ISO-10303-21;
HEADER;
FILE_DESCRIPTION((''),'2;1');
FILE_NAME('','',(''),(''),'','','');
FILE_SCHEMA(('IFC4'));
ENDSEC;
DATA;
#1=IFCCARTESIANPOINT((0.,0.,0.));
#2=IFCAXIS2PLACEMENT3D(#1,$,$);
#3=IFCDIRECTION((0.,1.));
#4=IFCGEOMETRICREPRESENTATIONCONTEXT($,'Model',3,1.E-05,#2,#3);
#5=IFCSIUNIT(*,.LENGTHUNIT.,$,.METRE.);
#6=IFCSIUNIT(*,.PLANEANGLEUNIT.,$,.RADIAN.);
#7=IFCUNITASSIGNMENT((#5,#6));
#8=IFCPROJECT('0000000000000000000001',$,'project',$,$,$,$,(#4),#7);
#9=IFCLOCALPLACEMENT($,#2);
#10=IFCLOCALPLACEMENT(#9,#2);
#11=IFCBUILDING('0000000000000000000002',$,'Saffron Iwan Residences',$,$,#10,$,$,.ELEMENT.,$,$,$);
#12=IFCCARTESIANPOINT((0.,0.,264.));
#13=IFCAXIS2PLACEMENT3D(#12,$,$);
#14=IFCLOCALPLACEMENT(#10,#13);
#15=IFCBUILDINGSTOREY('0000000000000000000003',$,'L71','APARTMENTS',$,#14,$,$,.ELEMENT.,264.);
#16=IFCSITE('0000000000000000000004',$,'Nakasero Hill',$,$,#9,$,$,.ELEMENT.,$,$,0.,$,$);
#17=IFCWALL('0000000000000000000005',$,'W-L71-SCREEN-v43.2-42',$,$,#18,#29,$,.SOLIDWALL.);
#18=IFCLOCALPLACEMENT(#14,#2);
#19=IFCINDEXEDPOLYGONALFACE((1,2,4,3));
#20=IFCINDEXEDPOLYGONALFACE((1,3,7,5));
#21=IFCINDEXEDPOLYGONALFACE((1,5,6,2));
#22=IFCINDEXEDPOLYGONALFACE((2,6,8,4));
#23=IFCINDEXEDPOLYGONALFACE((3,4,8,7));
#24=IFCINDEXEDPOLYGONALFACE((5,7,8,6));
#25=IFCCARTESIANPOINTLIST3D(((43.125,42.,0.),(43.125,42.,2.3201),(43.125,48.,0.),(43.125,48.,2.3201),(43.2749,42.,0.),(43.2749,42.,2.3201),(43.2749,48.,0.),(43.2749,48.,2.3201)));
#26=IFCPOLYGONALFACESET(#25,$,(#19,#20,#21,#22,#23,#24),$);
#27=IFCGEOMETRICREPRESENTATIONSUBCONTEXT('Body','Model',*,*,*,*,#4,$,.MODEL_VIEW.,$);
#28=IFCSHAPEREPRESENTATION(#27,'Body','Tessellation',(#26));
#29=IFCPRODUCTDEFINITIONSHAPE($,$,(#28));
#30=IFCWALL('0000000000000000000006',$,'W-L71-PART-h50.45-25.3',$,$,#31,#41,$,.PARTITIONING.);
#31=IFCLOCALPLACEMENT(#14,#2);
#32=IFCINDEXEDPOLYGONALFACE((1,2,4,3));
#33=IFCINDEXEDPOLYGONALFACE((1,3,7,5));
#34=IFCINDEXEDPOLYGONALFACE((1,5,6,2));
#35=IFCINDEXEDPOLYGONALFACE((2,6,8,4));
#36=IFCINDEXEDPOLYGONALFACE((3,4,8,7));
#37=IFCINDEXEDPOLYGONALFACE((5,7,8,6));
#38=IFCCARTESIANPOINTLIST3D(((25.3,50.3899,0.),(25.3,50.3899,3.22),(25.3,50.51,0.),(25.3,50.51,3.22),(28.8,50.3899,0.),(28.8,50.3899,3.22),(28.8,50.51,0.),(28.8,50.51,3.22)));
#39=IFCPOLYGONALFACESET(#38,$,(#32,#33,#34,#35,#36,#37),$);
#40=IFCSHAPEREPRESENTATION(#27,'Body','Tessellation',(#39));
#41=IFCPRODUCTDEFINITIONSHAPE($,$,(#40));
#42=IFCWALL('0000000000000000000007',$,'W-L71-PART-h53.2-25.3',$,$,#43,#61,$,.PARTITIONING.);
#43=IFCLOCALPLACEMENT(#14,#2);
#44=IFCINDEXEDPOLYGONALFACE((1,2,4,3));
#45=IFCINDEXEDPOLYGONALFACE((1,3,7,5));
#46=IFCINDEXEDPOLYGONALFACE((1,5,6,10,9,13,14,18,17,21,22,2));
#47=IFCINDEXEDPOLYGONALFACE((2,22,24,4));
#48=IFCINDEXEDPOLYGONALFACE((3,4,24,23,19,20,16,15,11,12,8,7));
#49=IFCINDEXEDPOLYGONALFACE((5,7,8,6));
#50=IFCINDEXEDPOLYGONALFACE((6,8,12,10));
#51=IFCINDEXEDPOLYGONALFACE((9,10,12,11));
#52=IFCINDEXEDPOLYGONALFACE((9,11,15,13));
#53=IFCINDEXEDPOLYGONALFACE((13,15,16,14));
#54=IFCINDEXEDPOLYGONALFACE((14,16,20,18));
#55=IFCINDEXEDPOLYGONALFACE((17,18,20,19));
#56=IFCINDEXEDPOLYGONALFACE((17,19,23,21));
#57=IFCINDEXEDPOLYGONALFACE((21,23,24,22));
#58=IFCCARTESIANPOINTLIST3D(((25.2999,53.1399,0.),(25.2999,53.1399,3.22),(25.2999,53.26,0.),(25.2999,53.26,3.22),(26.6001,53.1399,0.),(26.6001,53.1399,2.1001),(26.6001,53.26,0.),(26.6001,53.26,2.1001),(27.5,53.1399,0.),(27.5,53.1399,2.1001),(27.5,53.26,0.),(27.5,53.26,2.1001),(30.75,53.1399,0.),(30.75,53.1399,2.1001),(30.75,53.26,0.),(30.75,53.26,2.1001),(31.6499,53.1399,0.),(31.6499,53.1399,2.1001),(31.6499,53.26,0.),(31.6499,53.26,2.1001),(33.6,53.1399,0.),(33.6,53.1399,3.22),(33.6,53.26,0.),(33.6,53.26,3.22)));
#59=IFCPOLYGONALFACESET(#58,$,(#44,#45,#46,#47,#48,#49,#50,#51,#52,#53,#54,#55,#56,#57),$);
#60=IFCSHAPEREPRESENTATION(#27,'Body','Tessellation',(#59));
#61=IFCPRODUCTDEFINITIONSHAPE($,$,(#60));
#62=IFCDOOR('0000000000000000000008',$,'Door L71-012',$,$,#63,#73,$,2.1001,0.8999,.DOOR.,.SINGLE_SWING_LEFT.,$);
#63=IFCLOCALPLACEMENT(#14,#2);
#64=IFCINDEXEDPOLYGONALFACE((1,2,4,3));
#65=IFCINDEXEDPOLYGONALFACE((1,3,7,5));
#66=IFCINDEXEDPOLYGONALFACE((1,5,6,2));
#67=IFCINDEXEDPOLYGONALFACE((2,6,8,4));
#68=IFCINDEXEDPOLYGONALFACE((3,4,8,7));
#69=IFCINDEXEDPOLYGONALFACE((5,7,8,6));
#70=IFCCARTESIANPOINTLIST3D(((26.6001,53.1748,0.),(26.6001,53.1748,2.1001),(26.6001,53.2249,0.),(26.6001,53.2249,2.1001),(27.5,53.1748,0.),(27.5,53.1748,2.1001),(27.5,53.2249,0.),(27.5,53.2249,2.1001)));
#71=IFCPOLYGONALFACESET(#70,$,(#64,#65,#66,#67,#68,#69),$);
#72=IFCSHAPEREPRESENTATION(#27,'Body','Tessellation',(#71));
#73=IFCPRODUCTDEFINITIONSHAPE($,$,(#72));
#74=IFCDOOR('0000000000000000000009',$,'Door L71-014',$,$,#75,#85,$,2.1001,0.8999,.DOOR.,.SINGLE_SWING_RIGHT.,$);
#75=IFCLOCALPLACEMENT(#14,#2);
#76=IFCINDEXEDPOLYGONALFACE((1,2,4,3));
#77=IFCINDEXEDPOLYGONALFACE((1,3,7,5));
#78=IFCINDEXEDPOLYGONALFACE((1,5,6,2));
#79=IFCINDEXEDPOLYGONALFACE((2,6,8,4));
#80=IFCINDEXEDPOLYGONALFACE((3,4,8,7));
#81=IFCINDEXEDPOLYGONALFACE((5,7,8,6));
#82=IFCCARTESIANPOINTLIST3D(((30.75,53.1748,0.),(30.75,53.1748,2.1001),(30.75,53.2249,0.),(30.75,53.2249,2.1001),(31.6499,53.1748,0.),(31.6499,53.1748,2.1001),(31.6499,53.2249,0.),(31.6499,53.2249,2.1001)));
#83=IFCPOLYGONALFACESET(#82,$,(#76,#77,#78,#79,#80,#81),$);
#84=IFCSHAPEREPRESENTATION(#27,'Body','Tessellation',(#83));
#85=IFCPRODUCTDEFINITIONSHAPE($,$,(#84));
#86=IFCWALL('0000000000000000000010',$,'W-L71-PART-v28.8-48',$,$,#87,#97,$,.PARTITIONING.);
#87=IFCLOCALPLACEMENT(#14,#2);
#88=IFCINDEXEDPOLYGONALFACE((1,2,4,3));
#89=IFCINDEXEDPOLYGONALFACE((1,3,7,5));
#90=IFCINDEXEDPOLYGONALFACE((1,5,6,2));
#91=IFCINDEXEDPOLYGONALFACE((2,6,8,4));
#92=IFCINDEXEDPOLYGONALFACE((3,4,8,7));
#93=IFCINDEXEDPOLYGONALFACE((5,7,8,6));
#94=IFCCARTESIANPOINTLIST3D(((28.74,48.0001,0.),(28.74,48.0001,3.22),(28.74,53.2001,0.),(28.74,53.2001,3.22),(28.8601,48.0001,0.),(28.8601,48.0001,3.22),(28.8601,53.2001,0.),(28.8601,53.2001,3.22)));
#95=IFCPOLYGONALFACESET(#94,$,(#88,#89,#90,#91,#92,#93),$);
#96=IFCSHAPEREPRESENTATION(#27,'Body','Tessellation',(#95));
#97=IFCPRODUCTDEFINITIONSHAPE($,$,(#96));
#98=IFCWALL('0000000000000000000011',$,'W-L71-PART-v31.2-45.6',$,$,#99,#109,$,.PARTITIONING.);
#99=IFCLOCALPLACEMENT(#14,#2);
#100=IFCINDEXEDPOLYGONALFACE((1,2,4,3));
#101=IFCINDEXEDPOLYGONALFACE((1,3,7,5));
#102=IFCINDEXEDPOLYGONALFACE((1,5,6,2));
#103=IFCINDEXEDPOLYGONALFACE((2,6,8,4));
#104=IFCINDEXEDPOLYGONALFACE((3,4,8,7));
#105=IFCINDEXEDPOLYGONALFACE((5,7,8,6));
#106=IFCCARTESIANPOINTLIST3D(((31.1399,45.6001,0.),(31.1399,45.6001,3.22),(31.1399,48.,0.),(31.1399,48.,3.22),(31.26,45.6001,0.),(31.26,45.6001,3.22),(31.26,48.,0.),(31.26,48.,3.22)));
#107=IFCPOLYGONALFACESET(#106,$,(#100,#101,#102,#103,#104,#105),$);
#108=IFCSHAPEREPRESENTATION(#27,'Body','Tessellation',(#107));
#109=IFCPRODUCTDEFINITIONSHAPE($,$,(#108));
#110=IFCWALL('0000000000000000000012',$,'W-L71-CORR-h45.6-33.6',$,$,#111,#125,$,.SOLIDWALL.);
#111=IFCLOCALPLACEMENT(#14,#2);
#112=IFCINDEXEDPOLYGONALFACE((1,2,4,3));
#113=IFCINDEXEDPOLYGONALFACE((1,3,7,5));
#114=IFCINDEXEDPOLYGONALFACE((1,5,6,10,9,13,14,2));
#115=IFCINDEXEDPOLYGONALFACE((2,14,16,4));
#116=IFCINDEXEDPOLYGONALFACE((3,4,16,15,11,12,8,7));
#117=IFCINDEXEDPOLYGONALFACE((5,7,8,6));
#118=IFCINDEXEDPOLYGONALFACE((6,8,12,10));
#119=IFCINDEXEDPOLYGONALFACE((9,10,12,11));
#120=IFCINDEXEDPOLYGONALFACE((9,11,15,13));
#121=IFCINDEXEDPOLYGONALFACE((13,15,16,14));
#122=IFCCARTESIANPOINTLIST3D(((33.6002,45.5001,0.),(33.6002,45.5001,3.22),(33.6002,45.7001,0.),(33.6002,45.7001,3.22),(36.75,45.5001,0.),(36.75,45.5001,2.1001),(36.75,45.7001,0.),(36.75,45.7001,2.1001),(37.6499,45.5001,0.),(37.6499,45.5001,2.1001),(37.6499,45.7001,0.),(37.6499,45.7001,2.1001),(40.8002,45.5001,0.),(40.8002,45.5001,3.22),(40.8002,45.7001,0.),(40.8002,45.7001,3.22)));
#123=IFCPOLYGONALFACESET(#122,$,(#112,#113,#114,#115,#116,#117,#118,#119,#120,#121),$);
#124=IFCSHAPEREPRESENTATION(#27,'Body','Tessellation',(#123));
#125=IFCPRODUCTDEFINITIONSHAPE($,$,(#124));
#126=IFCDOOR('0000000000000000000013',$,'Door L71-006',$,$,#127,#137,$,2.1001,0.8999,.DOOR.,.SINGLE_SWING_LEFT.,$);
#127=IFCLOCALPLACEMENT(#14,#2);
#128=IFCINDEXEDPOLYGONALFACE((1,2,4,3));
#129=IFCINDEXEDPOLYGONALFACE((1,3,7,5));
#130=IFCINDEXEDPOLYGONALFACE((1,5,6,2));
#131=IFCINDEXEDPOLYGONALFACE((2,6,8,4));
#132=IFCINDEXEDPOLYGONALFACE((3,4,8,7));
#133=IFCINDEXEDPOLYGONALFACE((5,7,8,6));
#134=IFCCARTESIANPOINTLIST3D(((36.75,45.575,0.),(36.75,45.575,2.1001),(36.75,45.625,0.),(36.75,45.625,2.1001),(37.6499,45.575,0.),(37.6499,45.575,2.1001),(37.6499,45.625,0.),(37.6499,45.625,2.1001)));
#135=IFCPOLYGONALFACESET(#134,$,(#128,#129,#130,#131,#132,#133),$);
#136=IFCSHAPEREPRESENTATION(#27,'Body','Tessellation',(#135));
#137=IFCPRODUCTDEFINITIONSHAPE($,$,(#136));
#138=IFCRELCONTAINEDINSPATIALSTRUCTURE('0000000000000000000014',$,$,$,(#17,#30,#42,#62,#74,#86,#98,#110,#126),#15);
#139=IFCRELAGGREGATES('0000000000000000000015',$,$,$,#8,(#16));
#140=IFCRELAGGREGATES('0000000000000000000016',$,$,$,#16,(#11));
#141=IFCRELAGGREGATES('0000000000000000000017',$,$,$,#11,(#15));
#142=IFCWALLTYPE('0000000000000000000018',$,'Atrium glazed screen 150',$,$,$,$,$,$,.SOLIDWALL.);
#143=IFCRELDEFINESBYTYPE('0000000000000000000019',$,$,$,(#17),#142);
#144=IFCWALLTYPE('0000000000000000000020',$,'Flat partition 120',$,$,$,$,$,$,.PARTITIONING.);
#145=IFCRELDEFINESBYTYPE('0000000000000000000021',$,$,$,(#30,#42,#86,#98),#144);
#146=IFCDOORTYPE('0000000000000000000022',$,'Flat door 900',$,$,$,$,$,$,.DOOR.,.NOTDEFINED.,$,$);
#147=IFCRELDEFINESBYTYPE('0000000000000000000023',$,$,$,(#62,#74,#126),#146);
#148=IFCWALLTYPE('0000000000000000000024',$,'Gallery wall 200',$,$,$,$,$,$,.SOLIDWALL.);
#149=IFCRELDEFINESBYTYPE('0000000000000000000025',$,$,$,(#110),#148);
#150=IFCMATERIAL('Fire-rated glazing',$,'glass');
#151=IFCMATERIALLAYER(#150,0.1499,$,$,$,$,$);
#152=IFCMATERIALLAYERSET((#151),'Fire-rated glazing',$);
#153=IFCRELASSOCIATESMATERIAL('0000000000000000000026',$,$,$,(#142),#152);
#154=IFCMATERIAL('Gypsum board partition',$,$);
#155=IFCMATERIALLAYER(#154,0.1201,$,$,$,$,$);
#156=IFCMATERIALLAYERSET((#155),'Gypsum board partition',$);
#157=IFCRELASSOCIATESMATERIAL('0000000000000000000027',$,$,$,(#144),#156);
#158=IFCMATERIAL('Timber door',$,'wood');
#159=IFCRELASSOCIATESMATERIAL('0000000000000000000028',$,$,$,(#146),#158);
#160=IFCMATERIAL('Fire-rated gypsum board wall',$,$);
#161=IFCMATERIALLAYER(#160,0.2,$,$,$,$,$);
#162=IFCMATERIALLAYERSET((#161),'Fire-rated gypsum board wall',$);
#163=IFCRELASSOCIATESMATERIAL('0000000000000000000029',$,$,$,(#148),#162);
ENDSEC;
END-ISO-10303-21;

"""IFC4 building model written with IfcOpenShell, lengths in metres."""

from ifc_helpers import new_model, si_unit, direction, frame, frame_2d, origin, place, context, subcontext, project, spatial, rectangle, extrude, material, layer, layer_set, type_object, element, fill, save


model = new_model("IFC4")

# Units and contexts
model_context = context("Model", 3, precision=1e-05, world=origin(), true_north=direction((0.0, 1.0)))
body_context = subcontext(model_context, "Body", "Model", "MODEL_VIEW")
ifc_project = project(units=[si_unit("LENGTHUNIT", "METRE"), si_unit("PLANEANGLEUNIT", "RADIAN")], contexts=[model_context])

# Site, building, storey
site_placement = place(None, origin())
site = spatial("IfcSite", under=ifc_project, at=site_placement, Name="Nakasero Hill", CompositionType="ELEMENT", RefElevation=0.0)
building_placement = place(site_placement, origin())
building = spatial("IfcBuilding", under=site, at=building_placement, Name="Saffron Iwan Residences", CompositionType="ELEMENT")
storey_placement = place(building_placement, frame((0.0, 0.0, 264.0)))
storey = spatial("IfcBuildingStorey", under=building, at=storey_placement, Name="L71", Description="APARTMENTS", CompositionType="ELEMENT", Elevation=264.0)

# Walls
ifc_material_1 = material(Name="Fire-rated glazing", Category="glass")
ifc_layer_1 = layer(ifc_material_1, 0.1499)
ifc_layer_set_1 = layer_set([ifc_layer_1], Name="Fire-rated glazing")
wall_type_1 = type_object("IfcWallType", Name="Atrium glazed screen 150", PredefinedType="SOLIDWALL", material=ifc_layer_set_1)
wall_1_placement = place(storey_placement, frame((43.2, 42.0, 0.0), z_axis=(0.0, 0.0, 1.0), x_axis=(0.0, 1.0, 0.0)))
element("IfcWall", 1, at=wall_1_placement, inside=storey, type_object=wall_type_1, Name="W-L71-SCREEN-v43.2-42", PredefinedType="SOLIDWALL", context=body_context, shape_type="SweptSolid", body=[
    extrude(rectangle(XDim=6.0, YDim=0.1499, at=frame_2d((3.0, 0.0))), origin(), (0.0, 0.0, 1.0), 2.3201),
])
ifc_material_2 = material(Name="Gypsum board partition")
ifc_layer_2 = layer(ifc_material_2, 0.1201)
ifc_layer_set_2 = layer_set([ifc_layer_2], Name="Gypsum board partition")
wall_type_2 = type_object("IfcWallType", Name="Flat partition 120", PredefinedType="PARTITIONING", material=ifc_layer_set_2)
wall_2_placement = place(storey_placement, frame((25.3, 50.45, 0.0), z_axis=(0.0, 0.0, 1.0), x_axis=(1.0, 0.0, 0.0)))
element("IfcWall", 2, at=wall_2_placement, inside=storey, type_object=wall_type_2, Name="W-L71-PART-h50.45-25.3", PredefinedType="PARTITIONING", context=body_context, shape_type="SweptSolid", body=[
    extrude(rectangle(XDim=3.5, YDim=0.1201, at=frame_2d((1.75, 0.0))), origin(), (0.0, 0.0, 1.0), 3.22),
])

# Wall, openings, doors
wall_3_placement = place(storey_placement, frame((25.3, 53.2, 0.0), z_axis=(0.0, 0.0, 1.0), x_axis=(1.0, 0.0, 0.0)))
wall_3 = element("IfcWall", 3, at=wall_3_placement, inside=storey, type_object=wall_type_2, Name="W-L71-PART-h53.2-25.3", PredefinedType="PARTITIONING", context=body_context, shape_type="SweptSolid", body=[
    extrude(rectangle(XDim=8.3, YDim=0.1201, at=frame_2d((4.1499, 0.0))), origin(), (0.0, 0.0, 1.0), 3.22),
])
opening_1_placement = place(wall_3_placement, frame((1.3, 0.0, 0.0)))
opening_1 = element("IfcOpeningElement", 4, at=opening_1_placement, cuts=wall_3, PredefinedType="OPENING", context=body_context, shape_type="SweptSolid", body=[
    extrude(rectangle(XDim=0.8999, YDim=2.1001, at=frame_2d((0.45, 1.05))), frame((0.0, 0.0701, 0.0), z_axis=(0.0, -1.0, 0.0), x_axis=(1.0, 0.0, 0.0)), (0.0, 0.0, 1.0), 0.1401),
])
opening_2_placement = place(wall_3_placement, frame((5.45, 0.0, 0.0)))
opening_2 = element("IfcOpeningElement", 5, at=opening_2_placement, cuts=wall_3, PredefinedType="OPENING", context=body_context, shape_type="SweptSolid", body=[
    extrude(rectangle(XDim=0.8999, YDim=2.1001, at=frame_2d((0.45, 1.05))), frame((0.0, 0.0701, 0.0), z_axis=(0.0, -1.0, 0.0), x_axis=(1.0, 0.0, 0.0)), (0.0, 0.0, 1.0), 0.1401),
])
ifc_material_3 = material(Name="Timber door", Category="wood")
door_type_1 = type_object("IfcDoorType", Name="Flat door 900", OperationType="NOTDEFINED", PredefinedType="DOOR", material=ifc_material_3)
door_1_placement = place(opening_1_placement, origin())
door_1 = element("IfcDoor", 6, at=door_1_placement, inside=storey, type_object=door_type_1, Name="Door L71-012", OperationType="SINGLE_SWING_LEFT", OverallHeight=2.1001, OverallWidth=0.8999, PredefinedType="DOOR", context=body_context, shape_type="SweptSolid", body=[
    extrude(rectangle(XDim=0.8999, YDim=2.1001, at=frame_2d((0.45, 1.05))), frame((0.0, 0.0249, 0.0), z_axis=(0.0, -1.0, 0.0), x_axis=(1.0, 0.0, 0.0)), (0.0, 0.0, 1.0), 0.05),
])
fill(opening_1, door_1)
door_2_placement = place(opening_2_placement, origin())
door_2 = element("IfcDoor", 7, at=door_2_placement, inside=storey, type_object=door_type_1, Name="Door L71-014", OperationType="SINGLE_SWING_RIGHT", OverallHeight=2.1001, OverallWidth=0.8999, PredefinedType="DOOR", context=body_context, shape_type="SweptSolid", body=[
    extrude(rectangle(XDim=0.8999, YDim=2.1001, at=frame_2d((0.45, 1.05))), frame((0.0, 0.0249, 0.0), z_axis=(0.0, -1.0, 0.0), x_axis=(1.0, 0.0, 0.0)), (0.0, 0.0, 1.0), 0.05),
])
fill(opening_2, door_2)

# Walls
wall_4_placement = place(storey_placement, frame((28.8, 48.0, 0.0), z_axis=(0.0, 0.0, 1.0), x_axis=(0.0, 1.0, 0.0)))
element("IfcWall", 8, at=wall_4_placement, inside=storey, type_object=wall_type_2, Name="W-L71-PART-v28.8-48", PredefinedType="PARTITIONING", context=body_context, shape_type="SweptSolid", body=[
    extrude(rectangle(XDim=5.2, YDim=0.1201, at=frame_2d((2.6001, 0.0))), origin(), (0.0, 0.0, 1.0), 3.22),
])
wall_5_placement = place(storey_placement, frame((31.2, 45.6001, 0.0), z_axis=(0.0, 0.0, 1.0), x_axis=(0.0, 1.0, 0.0)))
element("IfcWall", 9, at=wall_5_placement, inside=storey, type_object=wall_type_2, Name="W-L71-PART-v31.2-45.6", PredefinedType="PARTITIONING", context=body_context, shape_type="SweptSolid", body=[
    extrude(rectangle(XDim=2.3999, YDim=0.1201, at=frame_2d((1.2, 0.0))), origin(), (0.0, 0.0, 1.0), 3.22),
])

# Wall, opening, door
ifc_material_4 = material(Name="Fire-rated gypsum board wall")
ifc_layer_3 = layer(ifc_material_4, 0.2)
ifc_layer_set_3 = layer_set([ifc_layer_3], Name="Fire-rated gypsum board wall")
wall_type_3 = type_object("IfcWallType", Name="Gallery wall 200", PredefinedType="SOLIDWALL", material=ifc_layer_set_3)
wall_6_placement = place(storey_placement, frame((33.6001, 45.6001, 0.0), z_axis=(0.0, 0.0, 1.0), x_axis=(1.0, 0.0, 0.0)))
wall_6 = element("IfcWall", 10, at=wall_6_placement, inside=storey, type_object=wall_type_3, Name="W-L71-CORR-h45.6-33.6", PredefinedType="SOLIDWALL", context=body_context, shape_type="SweptSolid", body=[
    extrude(rectangle(XDim=7.2, YDim=0.2, at=frame_2d((3.6001, 0.0))), origin(), (0.0, 0.0, 1.0), 3.22),
])
opening_3_placement = place(wall_6_placement, frame((3.1499, 0.0, 0.0)))
opening_3 = element("IfcOpeningElement", 11, at=opening_3_placement, cuts=wall_6, PredefinedType="OPENING", context=body_context, shape_type="SweptSolid", body=[
    extrude(rectangle(XDim=0.8999, YDim=2.1001, at=frame_2d((0.45, 1.05))), frame((0.0, 0.1099, 0.0), z_axis=(0.0, -1.0, 0.0), x_axis=(1.0, 0.0, 0.0)), (0.0, 0.0, 1.0), 0.22),
])
door_3_placement = place(opening_3_placement, origin())
door_3 = element("IfcDoor", 12, at=door_3_placement, inside=storey, type_object=door_type_1, Name="Door L71-006", OperationType="SINGLE_SWING_LEFT", OverallHeight=2.1001, OverallWidth=0.8999, PredefinedType="DOOR", context=body_context, shape_type="SweptSolid", body=[
    extrude(rectangle(XDim=0.8999, YDim=2.1001, at=frame_2d((0.45, 1.05))), frame((0.0, 0.0249, 0.0), z_axis=(0.0, -1.0, 0.0), x_axis=(1.0, 0.0, 0.0)), (0.0, 0.0, 1.0), 0.05),
])
fill(opening_3, door_3)

save(model, "model.ifc")
